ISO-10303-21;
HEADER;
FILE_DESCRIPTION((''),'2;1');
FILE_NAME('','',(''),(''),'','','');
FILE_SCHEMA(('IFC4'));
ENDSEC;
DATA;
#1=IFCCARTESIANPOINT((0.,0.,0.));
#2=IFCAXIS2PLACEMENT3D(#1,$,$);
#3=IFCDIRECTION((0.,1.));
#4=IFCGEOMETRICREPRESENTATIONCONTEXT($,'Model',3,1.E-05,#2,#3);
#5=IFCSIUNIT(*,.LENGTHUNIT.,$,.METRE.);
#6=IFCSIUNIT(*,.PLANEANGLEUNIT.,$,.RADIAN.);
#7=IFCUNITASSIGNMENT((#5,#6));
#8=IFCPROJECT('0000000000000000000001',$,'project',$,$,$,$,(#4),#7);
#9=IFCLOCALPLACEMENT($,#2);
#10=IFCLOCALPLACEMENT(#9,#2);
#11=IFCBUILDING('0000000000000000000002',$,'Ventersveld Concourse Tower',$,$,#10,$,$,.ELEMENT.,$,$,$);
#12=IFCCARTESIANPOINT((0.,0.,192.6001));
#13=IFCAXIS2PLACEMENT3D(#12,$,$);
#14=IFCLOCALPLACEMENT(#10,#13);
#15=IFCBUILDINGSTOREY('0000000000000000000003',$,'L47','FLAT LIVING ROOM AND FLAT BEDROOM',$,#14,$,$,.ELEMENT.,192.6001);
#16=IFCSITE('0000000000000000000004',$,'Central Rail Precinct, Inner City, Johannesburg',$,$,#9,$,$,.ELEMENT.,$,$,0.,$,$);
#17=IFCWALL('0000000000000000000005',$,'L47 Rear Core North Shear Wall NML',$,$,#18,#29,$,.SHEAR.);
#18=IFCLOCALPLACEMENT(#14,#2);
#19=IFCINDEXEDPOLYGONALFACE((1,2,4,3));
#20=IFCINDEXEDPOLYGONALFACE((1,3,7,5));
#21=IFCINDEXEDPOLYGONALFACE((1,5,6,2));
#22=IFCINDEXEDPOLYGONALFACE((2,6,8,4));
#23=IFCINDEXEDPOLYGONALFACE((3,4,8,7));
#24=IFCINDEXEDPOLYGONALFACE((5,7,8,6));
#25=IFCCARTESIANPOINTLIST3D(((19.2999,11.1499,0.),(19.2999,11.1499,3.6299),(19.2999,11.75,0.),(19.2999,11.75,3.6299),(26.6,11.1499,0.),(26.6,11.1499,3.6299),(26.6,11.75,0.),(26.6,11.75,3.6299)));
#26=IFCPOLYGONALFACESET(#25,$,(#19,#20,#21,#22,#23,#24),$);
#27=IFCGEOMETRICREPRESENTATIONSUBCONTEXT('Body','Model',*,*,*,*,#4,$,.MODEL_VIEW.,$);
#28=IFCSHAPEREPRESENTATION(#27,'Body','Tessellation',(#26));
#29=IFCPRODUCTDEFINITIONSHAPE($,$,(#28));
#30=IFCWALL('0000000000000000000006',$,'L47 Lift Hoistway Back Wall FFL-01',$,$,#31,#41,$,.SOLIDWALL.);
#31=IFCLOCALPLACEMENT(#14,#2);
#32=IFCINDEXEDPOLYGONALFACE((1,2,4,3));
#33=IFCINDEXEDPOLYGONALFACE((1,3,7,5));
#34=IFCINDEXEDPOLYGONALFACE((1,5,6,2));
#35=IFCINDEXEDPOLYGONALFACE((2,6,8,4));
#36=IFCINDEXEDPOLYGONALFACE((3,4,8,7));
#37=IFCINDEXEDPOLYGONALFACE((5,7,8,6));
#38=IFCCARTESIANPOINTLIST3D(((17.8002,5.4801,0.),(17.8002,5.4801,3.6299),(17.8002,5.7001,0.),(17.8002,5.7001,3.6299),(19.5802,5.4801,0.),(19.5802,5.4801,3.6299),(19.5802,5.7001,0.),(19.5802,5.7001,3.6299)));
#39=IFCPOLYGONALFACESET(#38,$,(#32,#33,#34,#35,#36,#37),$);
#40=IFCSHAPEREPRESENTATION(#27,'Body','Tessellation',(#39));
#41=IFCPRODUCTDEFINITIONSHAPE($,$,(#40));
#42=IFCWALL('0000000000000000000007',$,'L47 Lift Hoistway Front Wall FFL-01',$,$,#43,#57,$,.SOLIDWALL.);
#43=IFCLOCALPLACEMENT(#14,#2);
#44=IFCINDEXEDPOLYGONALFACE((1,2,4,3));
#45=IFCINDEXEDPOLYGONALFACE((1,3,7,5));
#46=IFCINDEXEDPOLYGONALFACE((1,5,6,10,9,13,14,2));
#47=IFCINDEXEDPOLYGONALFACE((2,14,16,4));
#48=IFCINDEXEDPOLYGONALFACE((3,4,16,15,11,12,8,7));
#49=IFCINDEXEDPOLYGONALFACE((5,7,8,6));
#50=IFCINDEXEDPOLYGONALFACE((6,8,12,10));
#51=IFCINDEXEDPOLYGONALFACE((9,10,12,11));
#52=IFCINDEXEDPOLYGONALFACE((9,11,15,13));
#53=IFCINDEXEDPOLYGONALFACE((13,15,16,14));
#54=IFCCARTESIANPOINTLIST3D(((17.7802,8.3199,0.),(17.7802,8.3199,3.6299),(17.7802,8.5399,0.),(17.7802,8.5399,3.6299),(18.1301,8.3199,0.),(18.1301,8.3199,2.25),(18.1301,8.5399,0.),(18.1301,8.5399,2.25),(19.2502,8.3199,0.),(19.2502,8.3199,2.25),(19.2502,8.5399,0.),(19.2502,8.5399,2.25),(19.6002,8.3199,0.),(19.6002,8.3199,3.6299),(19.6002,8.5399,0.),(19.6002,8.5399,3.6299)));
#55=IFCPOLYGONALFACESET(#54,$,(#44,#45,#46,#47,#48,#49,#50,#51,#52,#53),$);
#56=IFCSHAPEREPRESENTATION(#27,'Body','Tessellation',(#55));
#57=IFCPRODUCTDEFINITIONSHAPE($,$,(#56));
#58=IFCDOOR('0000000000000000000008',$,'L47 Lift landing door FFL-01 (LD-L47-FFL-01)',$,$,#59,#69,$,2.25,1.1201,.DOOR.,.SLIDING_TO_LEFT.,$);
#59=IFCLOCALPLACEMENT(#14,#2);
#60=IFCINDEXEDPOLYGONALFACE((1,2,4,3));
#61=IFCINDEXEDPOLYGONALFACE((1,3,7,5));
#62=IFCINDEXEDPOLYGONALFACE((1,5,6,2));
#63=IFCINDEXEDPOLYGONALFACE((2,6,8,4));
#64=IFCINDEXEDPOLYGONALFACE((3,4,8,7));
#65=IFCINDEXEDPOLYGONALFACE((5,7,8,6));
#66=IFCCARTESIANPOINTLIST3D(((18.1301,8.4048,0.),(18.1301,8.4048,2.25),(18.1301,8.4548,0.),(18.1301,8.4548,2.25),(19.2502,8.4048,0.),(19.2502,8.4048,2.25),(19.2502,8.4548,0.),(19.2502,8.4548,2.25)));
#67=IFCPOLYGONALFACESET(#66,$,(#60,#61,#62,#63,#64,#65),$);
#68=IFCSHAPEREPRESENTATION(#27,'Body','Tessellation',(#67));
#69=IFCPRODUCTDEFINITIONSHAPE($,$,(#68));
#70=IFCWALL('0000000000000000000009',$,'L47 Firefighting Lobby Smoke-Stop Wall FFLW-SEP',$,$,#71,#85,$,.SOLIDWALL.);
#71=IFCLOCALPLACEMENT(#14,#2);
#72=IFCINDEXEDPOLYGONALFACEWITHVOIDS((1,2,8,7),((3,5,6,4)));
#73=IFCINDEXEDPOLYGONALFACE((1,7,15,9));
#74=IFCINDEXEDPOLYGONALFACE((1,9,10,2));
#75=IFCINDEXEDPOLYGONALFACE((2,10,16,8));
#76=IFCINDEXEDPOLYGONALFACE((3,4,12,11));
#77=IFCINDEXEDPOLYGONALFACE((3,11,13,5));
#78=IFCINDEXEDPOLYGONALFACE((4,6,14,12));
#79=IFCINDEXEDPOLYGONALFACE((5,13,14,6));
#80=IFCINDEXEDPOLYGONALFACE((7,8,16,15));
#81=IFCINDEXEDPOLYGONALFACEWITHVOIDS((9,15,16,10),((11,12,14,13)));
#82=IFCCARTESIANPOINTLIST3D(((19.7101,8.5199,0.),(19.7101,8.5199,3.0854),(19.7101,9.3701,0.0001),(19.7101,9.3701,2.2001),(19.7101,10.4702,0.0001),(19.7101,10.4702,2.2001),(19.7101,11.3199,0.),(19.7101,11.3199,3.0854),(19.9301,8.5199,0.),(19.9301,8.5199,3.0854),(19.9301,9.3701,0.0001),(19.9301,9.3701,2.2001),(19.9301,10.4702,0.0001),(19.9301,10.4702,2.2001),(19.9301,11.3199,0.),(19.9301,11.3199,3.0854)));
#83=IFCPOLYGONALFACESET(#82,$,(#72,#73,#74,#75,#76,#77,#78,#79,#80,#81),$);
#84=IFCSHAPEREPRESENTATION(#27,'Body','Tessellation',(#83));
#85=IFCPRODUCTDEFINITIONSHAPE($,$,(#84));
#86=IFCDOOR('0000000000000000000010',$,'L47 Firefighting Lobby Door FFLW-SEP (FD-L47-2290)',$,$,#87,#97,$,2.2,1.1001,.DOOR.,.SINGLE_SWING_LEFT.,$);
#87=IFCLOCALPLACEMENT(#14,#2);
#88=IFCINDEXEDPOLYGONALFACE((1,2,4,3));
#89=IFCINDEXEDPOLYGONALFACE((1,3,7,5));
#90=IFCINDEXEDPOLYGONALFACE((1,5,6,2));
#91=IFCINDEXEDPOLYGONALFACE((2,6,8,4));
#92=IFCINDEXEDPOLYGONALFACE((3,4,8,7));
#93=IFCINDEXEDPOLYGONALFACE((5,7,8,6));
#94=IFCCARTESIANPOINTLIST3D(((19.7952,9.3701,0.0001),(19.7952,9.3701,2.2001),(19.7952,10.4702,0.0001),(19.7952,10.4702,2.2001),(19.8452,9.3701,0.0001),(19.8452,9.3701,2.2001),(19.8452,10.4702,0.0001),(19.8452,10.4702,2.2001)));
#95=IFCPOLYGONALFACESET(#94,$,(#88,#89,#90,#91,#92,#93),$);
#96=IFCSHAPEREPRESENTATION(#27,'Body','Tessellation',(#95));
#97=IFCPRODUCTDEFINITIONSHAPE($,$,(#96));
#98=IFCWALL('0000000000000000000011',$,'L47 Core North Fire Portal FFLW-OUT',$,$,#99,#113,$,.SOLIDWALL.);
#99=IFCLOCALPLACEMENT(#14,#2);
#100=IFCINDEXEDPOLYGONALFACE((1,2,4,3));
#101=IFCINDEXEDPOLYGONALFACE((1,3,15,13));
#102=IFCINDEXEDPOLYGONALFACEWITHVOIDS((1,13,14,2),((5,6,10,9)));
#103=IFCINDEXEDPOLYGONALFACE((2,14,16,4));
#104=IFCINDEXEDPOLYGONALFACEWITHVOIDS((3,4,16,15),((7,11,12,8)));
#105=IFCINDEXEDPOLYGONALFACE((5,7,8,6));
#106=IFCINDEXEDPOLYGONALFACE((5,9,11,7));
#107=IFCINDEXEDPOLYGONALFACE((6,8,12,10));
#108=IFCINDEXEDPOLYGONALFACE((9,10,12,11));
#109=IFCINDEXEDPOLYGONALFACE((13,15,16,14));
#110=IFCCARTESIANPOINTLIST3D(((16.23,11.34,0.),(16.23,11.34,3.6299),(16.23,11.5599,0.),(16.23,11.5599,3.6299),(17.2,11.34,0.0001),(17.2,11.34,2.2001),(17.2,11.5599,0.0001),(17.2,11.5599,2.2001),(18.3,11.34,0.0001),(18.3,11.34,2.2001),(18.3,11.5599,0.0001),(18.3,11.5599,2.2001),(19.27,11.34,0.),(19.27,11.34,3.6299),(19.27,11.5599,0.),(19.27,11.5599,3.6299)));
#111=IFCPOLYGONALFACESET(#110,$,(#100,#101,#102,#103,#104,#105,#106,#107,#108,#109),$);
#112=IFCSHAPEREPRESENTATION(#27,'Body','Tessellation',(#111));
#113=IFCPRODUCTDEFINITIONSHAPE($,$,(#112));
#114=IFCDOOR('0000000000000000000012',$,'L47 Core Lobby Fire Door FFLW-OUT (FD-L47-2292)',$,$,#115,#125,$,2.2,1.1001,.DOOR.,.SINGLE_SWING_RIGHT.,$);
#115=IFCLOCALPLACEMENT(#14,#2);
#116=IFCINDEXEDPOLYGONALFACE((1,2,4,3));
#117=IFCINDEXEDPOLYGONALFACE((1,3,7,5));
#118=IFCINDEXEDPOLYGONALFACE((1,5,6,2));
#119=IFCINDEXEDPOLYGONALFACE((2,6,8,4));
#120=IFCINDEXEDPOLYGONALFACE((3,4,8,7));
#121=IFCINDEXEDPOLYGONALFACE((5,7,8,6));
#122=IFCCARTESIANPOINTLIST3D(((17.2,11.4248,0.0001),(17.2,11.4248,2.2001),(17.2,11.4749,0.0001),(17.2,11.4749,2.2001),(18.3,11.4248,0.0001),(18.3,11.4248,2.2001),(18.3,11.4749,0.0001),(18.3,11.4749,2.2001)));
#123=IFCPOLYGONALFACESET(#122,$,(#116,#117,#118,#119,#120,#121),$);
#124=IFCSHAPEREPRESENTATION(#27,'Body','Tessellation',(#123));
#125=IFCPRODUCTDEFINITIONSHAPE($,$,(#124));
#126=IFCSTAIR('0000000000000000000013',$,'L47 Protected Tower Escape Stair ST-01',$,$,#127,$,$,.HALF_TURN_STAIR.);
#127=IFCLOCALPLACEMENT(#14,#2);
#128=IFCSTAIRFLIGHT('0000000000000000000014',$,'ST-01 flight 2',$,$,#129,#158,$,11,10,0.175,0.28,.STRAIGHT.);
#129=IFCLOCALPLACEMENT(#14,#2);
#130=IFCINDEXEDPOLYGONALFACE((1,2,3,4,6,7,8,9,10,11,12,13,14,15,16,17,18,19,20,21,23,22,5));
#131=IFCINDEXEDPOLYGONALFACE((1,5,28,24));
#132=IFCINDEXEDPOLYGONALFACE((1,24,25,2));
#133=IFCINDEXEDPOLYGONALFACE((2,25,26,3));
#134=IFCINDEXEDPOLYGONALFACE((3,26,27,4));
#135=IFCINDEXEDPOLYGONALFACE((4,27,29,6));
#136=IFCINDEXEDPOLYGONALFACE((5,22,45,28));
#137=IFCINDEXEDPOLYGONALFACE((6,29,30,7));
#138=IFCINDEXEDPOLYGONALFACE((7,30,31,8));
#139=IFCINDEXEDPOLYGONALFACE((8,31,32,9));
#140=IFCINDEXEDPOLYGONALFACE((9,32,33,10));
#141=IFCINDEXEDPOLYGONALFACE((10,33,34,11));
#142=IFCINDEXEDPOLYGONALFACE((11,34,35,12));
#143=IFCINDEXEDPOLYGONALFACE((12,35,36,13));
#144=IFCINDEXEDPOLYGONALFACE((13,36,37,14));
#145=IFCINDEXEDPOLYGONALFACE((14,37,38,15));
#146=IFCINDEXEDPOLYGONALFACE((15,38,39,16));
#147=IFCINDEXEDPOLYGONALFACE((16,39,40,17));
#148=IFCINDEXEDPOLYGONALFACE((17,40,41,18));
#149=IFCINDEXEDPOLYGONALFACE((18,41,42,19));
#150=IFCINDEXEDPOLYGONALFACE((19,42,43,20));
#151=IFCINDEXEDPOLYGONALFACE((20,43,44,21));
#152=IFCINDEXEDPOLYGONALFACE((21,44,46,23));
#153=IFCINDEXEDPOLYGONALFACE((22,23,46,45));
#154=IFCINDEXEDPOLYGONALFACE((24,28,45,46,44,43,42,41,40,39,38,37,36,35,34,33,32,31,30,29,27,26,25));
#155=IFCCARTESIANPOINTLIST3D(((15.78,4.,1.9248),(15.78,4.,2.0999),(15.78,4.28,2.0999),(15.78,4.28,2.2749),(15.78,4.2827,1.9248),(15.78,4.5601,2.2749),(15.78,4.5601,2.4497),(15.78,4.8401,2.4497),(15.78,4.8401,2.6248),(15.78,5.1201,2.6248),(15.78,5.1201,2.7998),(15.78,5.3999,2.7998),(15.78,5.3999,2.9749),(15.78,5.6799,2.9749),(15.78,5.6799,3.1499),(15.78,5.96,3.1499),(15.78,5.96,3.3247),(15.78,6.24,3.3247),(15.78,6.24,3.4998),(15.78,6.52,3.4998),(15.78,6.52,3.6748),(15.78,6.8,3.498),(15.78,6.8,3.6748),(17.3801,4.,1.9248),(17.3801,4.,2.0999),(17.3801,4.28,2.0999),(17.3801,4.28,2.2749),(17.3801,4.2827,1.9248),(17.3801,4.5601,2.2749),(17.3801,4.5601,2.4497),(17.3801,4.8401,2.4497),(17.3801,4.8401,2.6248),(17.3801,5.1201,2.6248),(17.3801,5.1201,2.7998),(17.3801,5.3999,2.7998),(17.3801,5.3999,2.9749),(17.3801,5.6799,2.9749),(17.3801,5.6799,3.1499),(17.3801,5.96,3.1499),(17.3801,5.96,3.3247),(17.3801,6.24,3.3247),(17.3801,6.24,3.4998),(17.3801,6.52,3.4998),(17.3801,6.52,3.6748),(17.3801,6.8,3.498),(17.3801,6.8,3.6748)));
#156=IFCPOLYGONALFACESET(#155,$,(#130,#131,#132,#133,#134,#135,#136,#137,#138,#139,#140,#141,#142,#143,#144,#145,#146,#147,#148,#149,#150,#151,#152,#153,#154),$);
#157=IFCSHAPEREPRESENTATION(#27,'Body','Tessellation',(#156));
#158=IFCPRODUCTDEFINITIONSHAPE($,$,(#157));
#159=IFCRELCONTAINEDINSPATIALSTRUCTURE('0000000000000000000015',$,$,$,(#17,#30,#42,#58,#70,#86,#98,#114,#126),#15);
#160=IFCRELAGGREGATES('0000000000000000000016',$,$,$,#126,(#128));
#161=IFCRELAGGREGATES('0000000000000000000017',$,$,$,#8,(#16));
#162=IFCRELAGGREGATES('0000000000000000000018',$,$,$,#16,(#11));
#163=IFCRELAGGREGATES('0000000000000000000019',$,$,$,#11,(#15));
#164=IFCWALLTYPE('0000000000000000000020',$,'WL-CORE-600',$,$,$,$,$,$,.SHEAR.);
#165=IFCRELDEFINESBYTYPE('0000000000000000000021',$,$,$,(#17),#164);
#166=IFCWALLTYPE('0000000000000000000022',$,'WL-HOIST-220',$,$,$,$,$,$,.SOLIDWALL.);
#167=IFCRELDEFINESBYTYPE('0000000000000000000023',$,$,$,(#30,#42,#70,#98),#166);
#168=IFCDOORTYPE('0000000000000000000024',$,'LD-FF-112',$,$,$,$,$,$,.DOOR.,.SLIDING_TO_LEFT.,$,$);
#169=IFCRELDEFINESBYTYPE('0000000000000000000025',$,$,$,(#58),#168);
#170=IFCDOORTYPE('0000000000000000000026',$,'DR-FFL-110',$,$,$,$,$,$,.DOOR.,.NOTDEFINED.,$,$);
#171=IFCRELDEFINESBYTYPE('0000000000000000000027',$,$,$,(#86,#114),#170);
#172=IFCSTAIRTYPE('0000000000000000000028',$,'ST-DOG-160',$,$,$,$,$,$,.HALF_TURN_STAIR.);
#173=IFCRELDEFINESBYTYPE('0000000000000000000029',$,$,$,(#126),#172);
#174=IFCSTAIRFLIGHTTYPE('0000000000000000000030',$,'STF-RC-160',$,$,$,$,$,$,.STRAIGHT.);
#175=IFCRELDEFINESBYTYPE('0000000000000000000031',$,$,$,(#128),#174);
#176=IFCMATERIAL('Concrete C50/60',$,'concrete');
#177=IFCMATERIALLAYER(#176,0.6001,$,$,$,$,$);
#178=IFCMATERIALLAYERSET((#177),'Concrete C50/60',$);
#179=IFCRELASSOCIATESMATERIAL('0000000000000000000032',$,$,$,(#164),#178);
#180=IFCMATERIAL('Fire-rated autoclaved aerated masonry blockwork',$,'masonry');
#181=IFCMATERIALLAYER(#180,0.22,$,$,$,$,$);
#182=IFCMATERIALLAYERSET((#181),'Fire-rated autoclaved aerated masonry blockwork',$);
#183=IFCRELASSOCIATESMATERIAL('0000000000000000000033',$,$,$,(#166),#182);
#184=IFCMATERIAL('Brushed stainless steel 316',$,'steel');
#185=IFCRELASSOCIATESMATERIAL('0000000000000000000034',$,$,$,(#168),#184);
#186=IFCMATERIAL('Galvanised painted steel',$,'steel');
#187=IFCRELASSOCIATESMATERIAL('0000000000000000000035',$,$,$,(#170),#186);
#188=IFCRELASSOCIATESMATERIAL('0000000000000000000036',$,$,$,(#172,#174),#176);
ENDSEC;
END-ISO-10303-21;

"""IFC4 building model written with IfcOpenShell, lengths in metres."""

from ifc_helpers import new_model, si_unit, direction, frame, frame_2d, origin, place, context, subcontext, project, spatial, polyline, rectangle, outline, extrude, material, layer, layer_set, type_object, element, fill, aggregate, save


model = new_model("IFC4")

# Units and contexts
model_context = context("Model", 3, precision=1e-05, world=origin(), true_north=direction((0.0, 1.0)))
body_context = subcontext(model_context, "Body", "Model", "MODEL_VIEW")
ifc_project = project(units=[si_unit("LENGTHUNIT", "METRE"), si_unit("PLANEANGLEUNIT", "RADIAN")], contexts=[model_context])

# Site, building, storey
site_placement = place(None, origin())
site = spatial("IfcSite", under=ifc_project, at=site_placement, Name="Central Rail Precinct, Inner City, Johannesburg", CompositionType="ELEMENT", RefElevation=0.0)
building_placement = place(site_placement, origin())
building = spatial("IfcBuilding", under=site, at=building_placement, Name="Ventersveld Concourse Tower", CompositionType="ELEMENT")
storey_placement = place(building_placement, frame((0.0, 0.0, 192.6001)))
storey = spatial("IfcBuildingStorey", under=building, at=storey_placement, Name="L47", Description="FLAT LIVING ROOM AND FLAT BEDROOM", CompositionType="ELEMENT", Elevation=192.6001)

# Shared definitions
ifc_material_1 = material(Name="Concrete C50/60", Category="concrete")

# Walls
ifc_layer_1 = layer(ifc_material_1, 0.6001)
ifc_layer_set_1 = layer_set([ifc_layer_1], Name="Concrete C50/60")
wall_type_1 = type_object("IfcWallType", Name="WL-CORE-600", PredefinedType="SHEAR", material=ifc_layer_set_1)
wall_1_placement = place(storey_placement, frame((19.3, 11.45, 0.0), z_axis=(0.0, 0.0, 1.0), x_axis=(1.0, 0.0, 0.0)))
element("IfcWall", 1, at=wall_1_placement, inside=storey, type_object=wall_type_1, Name="L47 Rear Core North Shear Wall NML", PredefinedType="SHEAR", context=body_context, shape_type="SweptSolid", body=[
    extrude(rectangle(XDim=7.3, YDim=0.6001, at=frame_2d((3.6499, 0.0))), origin(), (0.0, 0.0, 1.0), 3.6299),
])
ifc_material_2 = material(Name="Fire-rated autoclaved aerated masonry blockwork", Category="masonry")
ifc_layer_2 = layer(ifc_material_2, 0.22)
ifc_layer_set_2 = layer_set([ifc_layer_2], Name="Fire-rated autoclaved aerated masonry blockwork")
wall_type_2 = type_object("IfcWallType", Name="WL-HOIST-220", PredefinedType="SOLIDWALL", material=ifc_layer_set_2)
wall_2_placement = place(storey_placement, frame((17.8, 5.5901, 0.0), z_axis=(0.0, 0.0, 1.0), x_axis=(1.0, 0.0, 0.0)))
element("IfcWall", 2, at=wall_2_placement, inside=storey, type_object=wall_type_2, Name="L47 Lift Hoistway Back Wall FFL-01", PredefinedType="SOLIDWALL", context=body_context, shape_type="SweptSolid", body=[
    extrude(rectangle(XDim=1.78, YDim=0.22, at=frame_2d((0.8901, 0.0))), origin(), (0.0, 0.0, 1.0), 3.6299),
])

# Walls, openings, doors
wall_3_placement = place(storey_placement, frame((17.78, 8.4299, 0.0), z_axis=(0.0, 0.0, 1.0), x_axis=(1.0, 0.0, 0.0)))
wall_3 = element("IfcWall", 3, at=wall_3_placement, inside=storey, type_object=wall_type_2, Name="L47 Lift Hoistway Front Wall FFL-01", PredefinedType="SOLIDWALL", context=body_context, shape_type="SweptSolid", body=[
    extrude(rectangle(XDim=1.8201, YDim=0.22, at=frame_2d((0.9102, 0.0))), origin(), (0.0, 0.0, 1.0), 3.6299),
])
opening_1_placement = place(wall_3_placement, frame((0.3501, 0.0, 0.0)))
opening_1 = element("IfcOpeningElement", 4, at=opening_1_placement, cuts=wall_3, PredefinedType="OPENING", context=body_context, shape_type="SweptSolid", body=[
    extrude(rectangle(XDim=1.1201, YDim=2.25, at=frame_2d((0.5601, 1.125))), frame((0.0, 0.1201, 0.0), z_axis=(0.0, -1.0, 0.0), x_axis=(1.0, 0.0, 0.0)), (0.0, 0.0, 1.0), 0.24),
])
ifc_material_3 = material(Name="Brushed stainless steel 316", Category="steel")
door_type_1 = type_object("IfcDoorType", Name="LD-FF-112", OperationType="SLIDING_TO_LEFT", PredefinedType="DOOR", material=ifc_material_3)
door_1_placement = place(opening_1_placement, origin())
door_1 = element("IfcDoor", 5, at=door_1_placement, inside=storey, type_object=door_type_1, Name="L47 Lift landing door FFL-01 (LD-L47-FFL-01)", OperationType="SLIDING_TO_LEFT", OverallHeight=2.25, OverallWidth=1.1201, PredefinedType="DOOR", context=body_context, shape_type="SweptSolid", body=[
    extrude(rectangle(XDim=1.1201, YDim=2.25, at=frame_2d((0.5601, 1.125))), frame((0.0, 0.0249, 0.0), z_axis=(0.0, -1.0, 0.0), x_axis=(1.0, 0.0, 0.0)), (0.0, 0.0, 1.0), 0.05),
])
fill(opening_1, door_1)
wall_4_placement = place(storey_placement, frame((19.8201, 8.52, 0.0), z_axis=(0.0, 0.0, 1.0), x_axis=(0.0, 1.0, 0.0)))
wall_4 = element("IfcWall", 6, at=wall_4_placement, inside=storey, type_object=wall_type_2, Name="L47 Firefighting Lobby Smoke-Stop Wall FFLW-SEP", PredefinedType="SOLIDWALL", context=body_context, shape_type="SweptSolid", body=[
    extrude(rectangle(XDim=2.8, YDim=0.22, at=frame_2d((1.3999, 0.0))), origin(), (0.0, 0.0, 1.0), 3.0854),
])
opening_2_placement = place(wall_4_placement, frame((0.8501, 0.0, 0.0)))
opening_2 = element("IfcOpeningElement", 7, at=opening_2_placement, cuts=wall_4, PredefinedType="OPENING", context=body_context, shape_type="SweptSolid", body=[
    extrude(rectangle(XDim=1.1001, YDim=2.2, at=frame_2d((0.55, 1.1001))), frame((0.0, 0.1201, 0.0), z_axis=(0.0, -1.0, 0.0), x_axis=(1.0, 0.0, 0.0)), (0.0, 0.0, 1.0), 0.24),
])
ifc_material_4 = material(Name="Galvanised painted steel", Category="steel")
door_type_2 = type_object("IfcDoorType", Name="DR-FFL-110", OperationType="NOTDEFINED", PredefinedType="DOOR", material=ifc_material_4)
door_2_placement = place(opening_2_placement, origin())
door_2 = element("IfcDoor", 8, at=door_2_placement, inside=storey, type_object=door_type_2, Name="L47 Firefighting Lobby Door FFLW-SEP (FD-L47-2290)", OperationType="SINGLE_SWING_LEFT", OverallHeight=2.2, OverallWidth=1.1001, PredefinedType="DOOR", context=body_context, shape_type="SweptSolid", body=[
    extrude(rectangle(XDim=1.1001, YDim=2.2, at=frame_2d((0.55, 1.1001))), frame((0.0, 0.0249, 0.0), z_axis=(0.0, -1.0, 0.0), x_axis=(1.0, 0.0, 0.0)), (0.0, 0.0, 1.0), 0.05),
])
fill(opening_2, door_2)
wall_5_placement = place(storey_placement, frame((16.23, 11.45, 0.0), z_axis=(0.0, 0.0, 1.0), x_axis=(1.0, 0.0, 0.0)))
wall_5 = element("IfcWall", 9, at=wall_5_placement, inside=storey, type_object=wall_type_2, Name="L47 Core North Fire Portal FFLW-OUT", PredefinedType="SOLIDWALL", context=body_context, shape_type="SweptSolid", body=[
    extrude(rectangle(XDim=3.04, YDim=0.22, at=frame_2d((1.52, 0.0))), origin(), (0.0, 0.0, 1.0), 3.6299),
])
opening_3_placement = place(wall_5_placement, frame((0.97, 0.0, 0.0)))
opening_3 = element("IfcOpeningElement", 10, at=opening_3_placement, cuts=wall_5, PredefinedType="OPENING", context=body_context, shape_type="SweptSolid", body=[
    extrude(rectangle(XDim=1.1001, YDim=2.2, at=frame_2d((0.55, 1.1001))), frame((0.0, 0.1201, 0.0), z_axis=(0.0, -1.0, 0.0), x_axis=(1.0, 0.0, 0.0)), (0.0, 0.0, 1.0), 0.24),
])
door_3_placement = place(opening_3_placement, origin())
door_3 = element("IfcDoor", 11, at=door_3_placement, inside=storey, type_object=door_type_2, Name="L47 Core Lobby Fire Door FFLW-OUT (FD-L47-2292)", OperationType="SINGLE_SWING_RIGHT", OverallHeight=2.2, OverallWidth=1.1001, PredefinedType="DOOR", context=body_context, shape_type="SweptSolid", body=[
    extrude(rectangle(XDim=1.1001, YDim=2.2, at=frame_2d((0.55, 1.1001))), frame((0.0, 0.0249, 0.0), z_axis=(0.0, -1.0, 0.0), x_axis=(1.0, 0.0, 0.0)), (0.0, 0.0, 1.0), 0.05),
])
fill(opening_3, door_3)

# Stair, stair flight
stair_type = type_object("IfcStairType", Name="ST-DOG-160", PredefinedType="HALF_TURN_STAIR", material=ifc_material_1)
stair_placement = place(storey_placement, origin())
stair = element("IfcStair", 12, at=stair_placement, inside=storey, type_object=stair_type, Name="L47 Protected Tower Escape Stair ST-01", PredefinedType="HALF_TURN_STAIR")
stair_flight_type = type_object("IfcStairFlightType", Name="STF-RC-160", PredefinedType="STRAIGHT", material=ifc_material_1)
stair_flight_placement = place(storey_placement, frame((16.5801, 4.0, 1.9248), z_axis=(0.0, 0.0, 1.0), x_axis=(0.0, 1.0, 0.0)))
stair_flight = element("IfcStairFlight", 13, at=stair_flight_placement, type_object=stair_flight_type, Name="ST-01 flight 2", NumberOfRisers=11, NumberOfTreads=10, PredefinedType="STRAIGHT", RiserHeight=0.175, TreadLength=0.28, context=body_context, shape_type="SweptSolid", body=[
    extrude(outline(polyline([(0.0, 0.0), (0.0, 0.175), (0.28, 0.175), (0.28, 0.3501), (0.5601, 0.3501), (0.5601, 0.5249), (0.8401, 0.5249), (0.8401, 0.7), (1.1201, 0.7), (1.1201, 0.875), (1.3999, 0.875), (1.3999, 1.05), (1.6799, 1.05), (1.6799, 1.2251), (1.96, 1.2251), (1.96, 1.3999), (2.24, 1.3999), (2.24, 1.575), (2.52, 1.575), (2.52, 1.75), (2.8, 1.75), (2.8, 1.925), (2.8, 1.5732), (0.2827, 0.0), (0.0, 0.0)])), frame((0.0, 0.8, 0.0), z_axis=(0.0, -1.0, 0.0), x_axis=(1.0, 0.0, 0.0)), (0.0, 0.0, 1.0), 1.6001),
])
aggregate(stair, [stair_flight])

save(model, "model.ifc")
